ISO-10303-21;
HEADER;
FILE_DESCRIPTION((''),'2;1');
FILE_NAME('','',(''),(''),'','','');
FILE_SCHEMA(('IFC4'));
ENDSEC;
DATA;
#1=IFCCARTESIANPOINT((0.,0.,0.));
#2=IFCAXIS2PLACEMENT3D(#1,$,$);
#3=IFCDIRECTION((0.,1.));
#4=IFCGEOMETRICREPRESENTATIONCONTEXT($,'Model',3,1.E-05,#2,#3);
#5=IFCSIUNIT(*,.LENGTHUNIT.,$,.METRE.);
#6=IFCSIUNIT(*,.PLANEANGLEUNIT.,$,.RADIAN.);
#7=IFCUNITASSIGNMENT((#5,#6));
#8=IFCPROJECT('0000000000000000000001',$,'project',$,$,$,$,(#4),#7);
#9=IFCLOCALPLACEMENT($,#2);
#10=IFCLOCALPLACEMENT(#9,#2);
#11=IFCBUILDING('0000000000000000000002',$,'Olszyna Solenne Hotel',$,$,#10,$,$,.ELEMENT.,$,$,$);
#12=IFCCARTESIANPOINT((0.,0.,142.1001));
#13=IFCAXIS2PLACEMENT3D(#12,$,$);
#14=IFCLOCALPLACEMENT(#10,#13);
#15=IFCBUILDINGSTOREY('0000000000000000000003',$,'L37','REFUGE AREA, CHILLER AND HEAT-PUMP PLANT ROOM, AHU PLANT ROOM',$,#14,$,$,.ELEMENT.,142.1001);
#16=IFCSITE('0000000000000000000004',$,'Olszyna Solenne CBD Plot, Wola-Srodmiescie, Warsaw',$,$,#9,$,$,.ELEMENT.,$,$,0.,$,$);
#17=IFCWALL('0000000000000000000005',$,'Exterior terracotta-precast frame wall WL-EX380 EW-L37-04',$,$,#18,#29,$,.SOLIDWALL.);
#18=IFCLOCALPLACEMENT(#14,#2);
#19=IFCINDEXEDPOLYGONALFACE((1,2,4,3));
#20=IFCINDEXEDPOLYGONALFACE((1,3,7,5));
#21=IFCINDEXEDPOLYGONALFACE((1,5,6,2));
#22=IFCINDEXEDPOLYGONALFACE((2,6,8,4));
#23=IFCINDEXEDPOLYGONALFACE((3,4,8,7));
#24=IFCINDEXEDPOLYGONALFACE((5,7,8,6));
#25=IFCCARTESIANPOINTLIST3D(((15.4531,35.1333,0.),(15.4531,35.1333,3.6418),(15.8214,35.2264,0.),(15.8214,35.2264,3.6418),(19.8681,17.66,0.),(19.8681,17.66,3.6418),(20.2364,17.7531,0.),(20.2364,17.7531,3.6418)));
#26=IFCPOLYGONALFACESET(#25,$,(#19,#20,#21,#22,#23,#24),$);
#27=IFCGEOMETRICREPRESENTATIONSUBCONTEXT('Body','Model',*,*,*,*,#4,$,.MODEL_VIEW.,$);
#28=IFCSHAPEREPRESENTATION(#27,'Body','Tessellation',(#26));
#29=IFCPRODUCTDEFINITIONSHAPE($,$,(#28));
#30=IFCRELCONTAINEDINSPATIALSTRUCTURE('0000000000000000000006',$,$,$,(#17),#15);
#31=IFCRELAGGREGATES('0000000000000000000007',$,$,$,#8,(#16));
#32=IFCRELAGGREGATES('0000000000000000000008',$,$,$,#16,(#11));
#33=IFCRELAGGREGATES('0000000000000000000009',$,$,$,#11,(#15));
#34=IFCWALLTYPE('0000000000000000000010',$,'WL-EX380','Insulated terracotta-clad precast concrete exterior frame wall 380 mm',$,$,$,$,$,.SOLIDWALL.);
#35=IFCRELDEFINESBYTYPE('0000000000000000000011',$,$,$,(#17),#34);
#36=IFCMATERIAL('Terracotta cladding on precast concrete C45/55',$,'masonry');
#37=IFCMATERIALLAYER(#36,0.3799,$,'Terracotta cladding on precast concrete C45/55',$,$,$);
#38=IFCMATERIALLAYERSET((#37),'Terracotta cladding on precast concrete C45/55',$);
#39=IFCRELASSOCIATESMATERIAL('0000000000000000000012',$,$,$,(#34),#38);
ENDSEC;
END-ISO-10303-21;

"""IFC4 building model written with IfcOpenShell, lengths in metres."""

from ifc_helpers import new_model, si_unit, direction, frame, frame_2d, origin, place, context, subcontext, project, spatial, rectangle, extrude, material, layer, layer_set, type_object, element, save


model = new_model("IFC4")

# Units and contexts
model_context = context("Model", 3, precision=1e-05, world=origin(), true_north=direction((0.0, 1.0)))
body_context = subcontext(model_context, "Body", "Model", "MODEL_VIEW")
ifc_project = project(units=[si_unit("LENGTHUNIT", "METRE"), si_unit("PLANEANGLEUNIT", "RADIAN")], contexts=[model_context])

# Site, building, storey
site_placement = place(None, origin())
site = spatial("IfcSite", under=ifc_project, at=site_placement, Name="Olszyna Solenne CBD Plot, Wola-Srodmiescie, Warsaw", CompositionType="ELEMENT", RefElevation=0.0)
building_placement = place(site_placement, origin())
building = spatial("IfcBuilding", under=site, at=building_placement, Name="Olszyna Solenne Hotel", CompositionType="ELEMENT")
storey_placement = place(building_placement, frame((0.0, 0.0, 142.1001)))
storey = spatial("IfcBuildingStorey", under=building, at=storey_placement, Name="L37", Description="REFUGE AREA, CHILLER AND HEAT-PUMP PLANT ROOM, AHU PLANT ROOM", CompositionType="ELEMENT", Elevation=142.1001)

# Wall
ifc_material_1 = material(Name="Terracotta cladding on precast concrete C45/55", Category="masonry")
ifc_layer_1 = layer(ifc_material_1, 0.3799, Name="Terracotta cladding on precast concrete C45/55")
ifc_layer_set_1 = layer_set([ifc_layer_1], Name="Terracotta cladding on precast concrete C45/55")
wall_type = type_object("IfcWallType", Name="WL-EX380", Description="Insulated terracotta-clad precast concrete exterior frame wall 380 mm", PredefinedType="SOLIDWALL", material=ifc_layer_set_1)
wall_placement = place(storey_placement, frame((20.0522, 17.7065, 0.0), z_axis=(0.0, 0.0, 1.0), x_axis=(-0.244973, 0.96953, 0.0)))
element("IfcWall", 1, at=wall_placement, inside=storey, type_object=wall_type, Name="Exterior terracotta-precast frame wall WL-EX380 EW-L37-04", PredefinedType="SOLIDWALL", context=body_context, shape_type="SweptSolid", body=[
    extrude(rectangle(XDim=18.0225, YDim=0.3799, at=frame_2d((9.0112, 0.0))), origin(), (0.0, 0.0, 1.0), 3.6418),
])

save(model, "model.ifc")
